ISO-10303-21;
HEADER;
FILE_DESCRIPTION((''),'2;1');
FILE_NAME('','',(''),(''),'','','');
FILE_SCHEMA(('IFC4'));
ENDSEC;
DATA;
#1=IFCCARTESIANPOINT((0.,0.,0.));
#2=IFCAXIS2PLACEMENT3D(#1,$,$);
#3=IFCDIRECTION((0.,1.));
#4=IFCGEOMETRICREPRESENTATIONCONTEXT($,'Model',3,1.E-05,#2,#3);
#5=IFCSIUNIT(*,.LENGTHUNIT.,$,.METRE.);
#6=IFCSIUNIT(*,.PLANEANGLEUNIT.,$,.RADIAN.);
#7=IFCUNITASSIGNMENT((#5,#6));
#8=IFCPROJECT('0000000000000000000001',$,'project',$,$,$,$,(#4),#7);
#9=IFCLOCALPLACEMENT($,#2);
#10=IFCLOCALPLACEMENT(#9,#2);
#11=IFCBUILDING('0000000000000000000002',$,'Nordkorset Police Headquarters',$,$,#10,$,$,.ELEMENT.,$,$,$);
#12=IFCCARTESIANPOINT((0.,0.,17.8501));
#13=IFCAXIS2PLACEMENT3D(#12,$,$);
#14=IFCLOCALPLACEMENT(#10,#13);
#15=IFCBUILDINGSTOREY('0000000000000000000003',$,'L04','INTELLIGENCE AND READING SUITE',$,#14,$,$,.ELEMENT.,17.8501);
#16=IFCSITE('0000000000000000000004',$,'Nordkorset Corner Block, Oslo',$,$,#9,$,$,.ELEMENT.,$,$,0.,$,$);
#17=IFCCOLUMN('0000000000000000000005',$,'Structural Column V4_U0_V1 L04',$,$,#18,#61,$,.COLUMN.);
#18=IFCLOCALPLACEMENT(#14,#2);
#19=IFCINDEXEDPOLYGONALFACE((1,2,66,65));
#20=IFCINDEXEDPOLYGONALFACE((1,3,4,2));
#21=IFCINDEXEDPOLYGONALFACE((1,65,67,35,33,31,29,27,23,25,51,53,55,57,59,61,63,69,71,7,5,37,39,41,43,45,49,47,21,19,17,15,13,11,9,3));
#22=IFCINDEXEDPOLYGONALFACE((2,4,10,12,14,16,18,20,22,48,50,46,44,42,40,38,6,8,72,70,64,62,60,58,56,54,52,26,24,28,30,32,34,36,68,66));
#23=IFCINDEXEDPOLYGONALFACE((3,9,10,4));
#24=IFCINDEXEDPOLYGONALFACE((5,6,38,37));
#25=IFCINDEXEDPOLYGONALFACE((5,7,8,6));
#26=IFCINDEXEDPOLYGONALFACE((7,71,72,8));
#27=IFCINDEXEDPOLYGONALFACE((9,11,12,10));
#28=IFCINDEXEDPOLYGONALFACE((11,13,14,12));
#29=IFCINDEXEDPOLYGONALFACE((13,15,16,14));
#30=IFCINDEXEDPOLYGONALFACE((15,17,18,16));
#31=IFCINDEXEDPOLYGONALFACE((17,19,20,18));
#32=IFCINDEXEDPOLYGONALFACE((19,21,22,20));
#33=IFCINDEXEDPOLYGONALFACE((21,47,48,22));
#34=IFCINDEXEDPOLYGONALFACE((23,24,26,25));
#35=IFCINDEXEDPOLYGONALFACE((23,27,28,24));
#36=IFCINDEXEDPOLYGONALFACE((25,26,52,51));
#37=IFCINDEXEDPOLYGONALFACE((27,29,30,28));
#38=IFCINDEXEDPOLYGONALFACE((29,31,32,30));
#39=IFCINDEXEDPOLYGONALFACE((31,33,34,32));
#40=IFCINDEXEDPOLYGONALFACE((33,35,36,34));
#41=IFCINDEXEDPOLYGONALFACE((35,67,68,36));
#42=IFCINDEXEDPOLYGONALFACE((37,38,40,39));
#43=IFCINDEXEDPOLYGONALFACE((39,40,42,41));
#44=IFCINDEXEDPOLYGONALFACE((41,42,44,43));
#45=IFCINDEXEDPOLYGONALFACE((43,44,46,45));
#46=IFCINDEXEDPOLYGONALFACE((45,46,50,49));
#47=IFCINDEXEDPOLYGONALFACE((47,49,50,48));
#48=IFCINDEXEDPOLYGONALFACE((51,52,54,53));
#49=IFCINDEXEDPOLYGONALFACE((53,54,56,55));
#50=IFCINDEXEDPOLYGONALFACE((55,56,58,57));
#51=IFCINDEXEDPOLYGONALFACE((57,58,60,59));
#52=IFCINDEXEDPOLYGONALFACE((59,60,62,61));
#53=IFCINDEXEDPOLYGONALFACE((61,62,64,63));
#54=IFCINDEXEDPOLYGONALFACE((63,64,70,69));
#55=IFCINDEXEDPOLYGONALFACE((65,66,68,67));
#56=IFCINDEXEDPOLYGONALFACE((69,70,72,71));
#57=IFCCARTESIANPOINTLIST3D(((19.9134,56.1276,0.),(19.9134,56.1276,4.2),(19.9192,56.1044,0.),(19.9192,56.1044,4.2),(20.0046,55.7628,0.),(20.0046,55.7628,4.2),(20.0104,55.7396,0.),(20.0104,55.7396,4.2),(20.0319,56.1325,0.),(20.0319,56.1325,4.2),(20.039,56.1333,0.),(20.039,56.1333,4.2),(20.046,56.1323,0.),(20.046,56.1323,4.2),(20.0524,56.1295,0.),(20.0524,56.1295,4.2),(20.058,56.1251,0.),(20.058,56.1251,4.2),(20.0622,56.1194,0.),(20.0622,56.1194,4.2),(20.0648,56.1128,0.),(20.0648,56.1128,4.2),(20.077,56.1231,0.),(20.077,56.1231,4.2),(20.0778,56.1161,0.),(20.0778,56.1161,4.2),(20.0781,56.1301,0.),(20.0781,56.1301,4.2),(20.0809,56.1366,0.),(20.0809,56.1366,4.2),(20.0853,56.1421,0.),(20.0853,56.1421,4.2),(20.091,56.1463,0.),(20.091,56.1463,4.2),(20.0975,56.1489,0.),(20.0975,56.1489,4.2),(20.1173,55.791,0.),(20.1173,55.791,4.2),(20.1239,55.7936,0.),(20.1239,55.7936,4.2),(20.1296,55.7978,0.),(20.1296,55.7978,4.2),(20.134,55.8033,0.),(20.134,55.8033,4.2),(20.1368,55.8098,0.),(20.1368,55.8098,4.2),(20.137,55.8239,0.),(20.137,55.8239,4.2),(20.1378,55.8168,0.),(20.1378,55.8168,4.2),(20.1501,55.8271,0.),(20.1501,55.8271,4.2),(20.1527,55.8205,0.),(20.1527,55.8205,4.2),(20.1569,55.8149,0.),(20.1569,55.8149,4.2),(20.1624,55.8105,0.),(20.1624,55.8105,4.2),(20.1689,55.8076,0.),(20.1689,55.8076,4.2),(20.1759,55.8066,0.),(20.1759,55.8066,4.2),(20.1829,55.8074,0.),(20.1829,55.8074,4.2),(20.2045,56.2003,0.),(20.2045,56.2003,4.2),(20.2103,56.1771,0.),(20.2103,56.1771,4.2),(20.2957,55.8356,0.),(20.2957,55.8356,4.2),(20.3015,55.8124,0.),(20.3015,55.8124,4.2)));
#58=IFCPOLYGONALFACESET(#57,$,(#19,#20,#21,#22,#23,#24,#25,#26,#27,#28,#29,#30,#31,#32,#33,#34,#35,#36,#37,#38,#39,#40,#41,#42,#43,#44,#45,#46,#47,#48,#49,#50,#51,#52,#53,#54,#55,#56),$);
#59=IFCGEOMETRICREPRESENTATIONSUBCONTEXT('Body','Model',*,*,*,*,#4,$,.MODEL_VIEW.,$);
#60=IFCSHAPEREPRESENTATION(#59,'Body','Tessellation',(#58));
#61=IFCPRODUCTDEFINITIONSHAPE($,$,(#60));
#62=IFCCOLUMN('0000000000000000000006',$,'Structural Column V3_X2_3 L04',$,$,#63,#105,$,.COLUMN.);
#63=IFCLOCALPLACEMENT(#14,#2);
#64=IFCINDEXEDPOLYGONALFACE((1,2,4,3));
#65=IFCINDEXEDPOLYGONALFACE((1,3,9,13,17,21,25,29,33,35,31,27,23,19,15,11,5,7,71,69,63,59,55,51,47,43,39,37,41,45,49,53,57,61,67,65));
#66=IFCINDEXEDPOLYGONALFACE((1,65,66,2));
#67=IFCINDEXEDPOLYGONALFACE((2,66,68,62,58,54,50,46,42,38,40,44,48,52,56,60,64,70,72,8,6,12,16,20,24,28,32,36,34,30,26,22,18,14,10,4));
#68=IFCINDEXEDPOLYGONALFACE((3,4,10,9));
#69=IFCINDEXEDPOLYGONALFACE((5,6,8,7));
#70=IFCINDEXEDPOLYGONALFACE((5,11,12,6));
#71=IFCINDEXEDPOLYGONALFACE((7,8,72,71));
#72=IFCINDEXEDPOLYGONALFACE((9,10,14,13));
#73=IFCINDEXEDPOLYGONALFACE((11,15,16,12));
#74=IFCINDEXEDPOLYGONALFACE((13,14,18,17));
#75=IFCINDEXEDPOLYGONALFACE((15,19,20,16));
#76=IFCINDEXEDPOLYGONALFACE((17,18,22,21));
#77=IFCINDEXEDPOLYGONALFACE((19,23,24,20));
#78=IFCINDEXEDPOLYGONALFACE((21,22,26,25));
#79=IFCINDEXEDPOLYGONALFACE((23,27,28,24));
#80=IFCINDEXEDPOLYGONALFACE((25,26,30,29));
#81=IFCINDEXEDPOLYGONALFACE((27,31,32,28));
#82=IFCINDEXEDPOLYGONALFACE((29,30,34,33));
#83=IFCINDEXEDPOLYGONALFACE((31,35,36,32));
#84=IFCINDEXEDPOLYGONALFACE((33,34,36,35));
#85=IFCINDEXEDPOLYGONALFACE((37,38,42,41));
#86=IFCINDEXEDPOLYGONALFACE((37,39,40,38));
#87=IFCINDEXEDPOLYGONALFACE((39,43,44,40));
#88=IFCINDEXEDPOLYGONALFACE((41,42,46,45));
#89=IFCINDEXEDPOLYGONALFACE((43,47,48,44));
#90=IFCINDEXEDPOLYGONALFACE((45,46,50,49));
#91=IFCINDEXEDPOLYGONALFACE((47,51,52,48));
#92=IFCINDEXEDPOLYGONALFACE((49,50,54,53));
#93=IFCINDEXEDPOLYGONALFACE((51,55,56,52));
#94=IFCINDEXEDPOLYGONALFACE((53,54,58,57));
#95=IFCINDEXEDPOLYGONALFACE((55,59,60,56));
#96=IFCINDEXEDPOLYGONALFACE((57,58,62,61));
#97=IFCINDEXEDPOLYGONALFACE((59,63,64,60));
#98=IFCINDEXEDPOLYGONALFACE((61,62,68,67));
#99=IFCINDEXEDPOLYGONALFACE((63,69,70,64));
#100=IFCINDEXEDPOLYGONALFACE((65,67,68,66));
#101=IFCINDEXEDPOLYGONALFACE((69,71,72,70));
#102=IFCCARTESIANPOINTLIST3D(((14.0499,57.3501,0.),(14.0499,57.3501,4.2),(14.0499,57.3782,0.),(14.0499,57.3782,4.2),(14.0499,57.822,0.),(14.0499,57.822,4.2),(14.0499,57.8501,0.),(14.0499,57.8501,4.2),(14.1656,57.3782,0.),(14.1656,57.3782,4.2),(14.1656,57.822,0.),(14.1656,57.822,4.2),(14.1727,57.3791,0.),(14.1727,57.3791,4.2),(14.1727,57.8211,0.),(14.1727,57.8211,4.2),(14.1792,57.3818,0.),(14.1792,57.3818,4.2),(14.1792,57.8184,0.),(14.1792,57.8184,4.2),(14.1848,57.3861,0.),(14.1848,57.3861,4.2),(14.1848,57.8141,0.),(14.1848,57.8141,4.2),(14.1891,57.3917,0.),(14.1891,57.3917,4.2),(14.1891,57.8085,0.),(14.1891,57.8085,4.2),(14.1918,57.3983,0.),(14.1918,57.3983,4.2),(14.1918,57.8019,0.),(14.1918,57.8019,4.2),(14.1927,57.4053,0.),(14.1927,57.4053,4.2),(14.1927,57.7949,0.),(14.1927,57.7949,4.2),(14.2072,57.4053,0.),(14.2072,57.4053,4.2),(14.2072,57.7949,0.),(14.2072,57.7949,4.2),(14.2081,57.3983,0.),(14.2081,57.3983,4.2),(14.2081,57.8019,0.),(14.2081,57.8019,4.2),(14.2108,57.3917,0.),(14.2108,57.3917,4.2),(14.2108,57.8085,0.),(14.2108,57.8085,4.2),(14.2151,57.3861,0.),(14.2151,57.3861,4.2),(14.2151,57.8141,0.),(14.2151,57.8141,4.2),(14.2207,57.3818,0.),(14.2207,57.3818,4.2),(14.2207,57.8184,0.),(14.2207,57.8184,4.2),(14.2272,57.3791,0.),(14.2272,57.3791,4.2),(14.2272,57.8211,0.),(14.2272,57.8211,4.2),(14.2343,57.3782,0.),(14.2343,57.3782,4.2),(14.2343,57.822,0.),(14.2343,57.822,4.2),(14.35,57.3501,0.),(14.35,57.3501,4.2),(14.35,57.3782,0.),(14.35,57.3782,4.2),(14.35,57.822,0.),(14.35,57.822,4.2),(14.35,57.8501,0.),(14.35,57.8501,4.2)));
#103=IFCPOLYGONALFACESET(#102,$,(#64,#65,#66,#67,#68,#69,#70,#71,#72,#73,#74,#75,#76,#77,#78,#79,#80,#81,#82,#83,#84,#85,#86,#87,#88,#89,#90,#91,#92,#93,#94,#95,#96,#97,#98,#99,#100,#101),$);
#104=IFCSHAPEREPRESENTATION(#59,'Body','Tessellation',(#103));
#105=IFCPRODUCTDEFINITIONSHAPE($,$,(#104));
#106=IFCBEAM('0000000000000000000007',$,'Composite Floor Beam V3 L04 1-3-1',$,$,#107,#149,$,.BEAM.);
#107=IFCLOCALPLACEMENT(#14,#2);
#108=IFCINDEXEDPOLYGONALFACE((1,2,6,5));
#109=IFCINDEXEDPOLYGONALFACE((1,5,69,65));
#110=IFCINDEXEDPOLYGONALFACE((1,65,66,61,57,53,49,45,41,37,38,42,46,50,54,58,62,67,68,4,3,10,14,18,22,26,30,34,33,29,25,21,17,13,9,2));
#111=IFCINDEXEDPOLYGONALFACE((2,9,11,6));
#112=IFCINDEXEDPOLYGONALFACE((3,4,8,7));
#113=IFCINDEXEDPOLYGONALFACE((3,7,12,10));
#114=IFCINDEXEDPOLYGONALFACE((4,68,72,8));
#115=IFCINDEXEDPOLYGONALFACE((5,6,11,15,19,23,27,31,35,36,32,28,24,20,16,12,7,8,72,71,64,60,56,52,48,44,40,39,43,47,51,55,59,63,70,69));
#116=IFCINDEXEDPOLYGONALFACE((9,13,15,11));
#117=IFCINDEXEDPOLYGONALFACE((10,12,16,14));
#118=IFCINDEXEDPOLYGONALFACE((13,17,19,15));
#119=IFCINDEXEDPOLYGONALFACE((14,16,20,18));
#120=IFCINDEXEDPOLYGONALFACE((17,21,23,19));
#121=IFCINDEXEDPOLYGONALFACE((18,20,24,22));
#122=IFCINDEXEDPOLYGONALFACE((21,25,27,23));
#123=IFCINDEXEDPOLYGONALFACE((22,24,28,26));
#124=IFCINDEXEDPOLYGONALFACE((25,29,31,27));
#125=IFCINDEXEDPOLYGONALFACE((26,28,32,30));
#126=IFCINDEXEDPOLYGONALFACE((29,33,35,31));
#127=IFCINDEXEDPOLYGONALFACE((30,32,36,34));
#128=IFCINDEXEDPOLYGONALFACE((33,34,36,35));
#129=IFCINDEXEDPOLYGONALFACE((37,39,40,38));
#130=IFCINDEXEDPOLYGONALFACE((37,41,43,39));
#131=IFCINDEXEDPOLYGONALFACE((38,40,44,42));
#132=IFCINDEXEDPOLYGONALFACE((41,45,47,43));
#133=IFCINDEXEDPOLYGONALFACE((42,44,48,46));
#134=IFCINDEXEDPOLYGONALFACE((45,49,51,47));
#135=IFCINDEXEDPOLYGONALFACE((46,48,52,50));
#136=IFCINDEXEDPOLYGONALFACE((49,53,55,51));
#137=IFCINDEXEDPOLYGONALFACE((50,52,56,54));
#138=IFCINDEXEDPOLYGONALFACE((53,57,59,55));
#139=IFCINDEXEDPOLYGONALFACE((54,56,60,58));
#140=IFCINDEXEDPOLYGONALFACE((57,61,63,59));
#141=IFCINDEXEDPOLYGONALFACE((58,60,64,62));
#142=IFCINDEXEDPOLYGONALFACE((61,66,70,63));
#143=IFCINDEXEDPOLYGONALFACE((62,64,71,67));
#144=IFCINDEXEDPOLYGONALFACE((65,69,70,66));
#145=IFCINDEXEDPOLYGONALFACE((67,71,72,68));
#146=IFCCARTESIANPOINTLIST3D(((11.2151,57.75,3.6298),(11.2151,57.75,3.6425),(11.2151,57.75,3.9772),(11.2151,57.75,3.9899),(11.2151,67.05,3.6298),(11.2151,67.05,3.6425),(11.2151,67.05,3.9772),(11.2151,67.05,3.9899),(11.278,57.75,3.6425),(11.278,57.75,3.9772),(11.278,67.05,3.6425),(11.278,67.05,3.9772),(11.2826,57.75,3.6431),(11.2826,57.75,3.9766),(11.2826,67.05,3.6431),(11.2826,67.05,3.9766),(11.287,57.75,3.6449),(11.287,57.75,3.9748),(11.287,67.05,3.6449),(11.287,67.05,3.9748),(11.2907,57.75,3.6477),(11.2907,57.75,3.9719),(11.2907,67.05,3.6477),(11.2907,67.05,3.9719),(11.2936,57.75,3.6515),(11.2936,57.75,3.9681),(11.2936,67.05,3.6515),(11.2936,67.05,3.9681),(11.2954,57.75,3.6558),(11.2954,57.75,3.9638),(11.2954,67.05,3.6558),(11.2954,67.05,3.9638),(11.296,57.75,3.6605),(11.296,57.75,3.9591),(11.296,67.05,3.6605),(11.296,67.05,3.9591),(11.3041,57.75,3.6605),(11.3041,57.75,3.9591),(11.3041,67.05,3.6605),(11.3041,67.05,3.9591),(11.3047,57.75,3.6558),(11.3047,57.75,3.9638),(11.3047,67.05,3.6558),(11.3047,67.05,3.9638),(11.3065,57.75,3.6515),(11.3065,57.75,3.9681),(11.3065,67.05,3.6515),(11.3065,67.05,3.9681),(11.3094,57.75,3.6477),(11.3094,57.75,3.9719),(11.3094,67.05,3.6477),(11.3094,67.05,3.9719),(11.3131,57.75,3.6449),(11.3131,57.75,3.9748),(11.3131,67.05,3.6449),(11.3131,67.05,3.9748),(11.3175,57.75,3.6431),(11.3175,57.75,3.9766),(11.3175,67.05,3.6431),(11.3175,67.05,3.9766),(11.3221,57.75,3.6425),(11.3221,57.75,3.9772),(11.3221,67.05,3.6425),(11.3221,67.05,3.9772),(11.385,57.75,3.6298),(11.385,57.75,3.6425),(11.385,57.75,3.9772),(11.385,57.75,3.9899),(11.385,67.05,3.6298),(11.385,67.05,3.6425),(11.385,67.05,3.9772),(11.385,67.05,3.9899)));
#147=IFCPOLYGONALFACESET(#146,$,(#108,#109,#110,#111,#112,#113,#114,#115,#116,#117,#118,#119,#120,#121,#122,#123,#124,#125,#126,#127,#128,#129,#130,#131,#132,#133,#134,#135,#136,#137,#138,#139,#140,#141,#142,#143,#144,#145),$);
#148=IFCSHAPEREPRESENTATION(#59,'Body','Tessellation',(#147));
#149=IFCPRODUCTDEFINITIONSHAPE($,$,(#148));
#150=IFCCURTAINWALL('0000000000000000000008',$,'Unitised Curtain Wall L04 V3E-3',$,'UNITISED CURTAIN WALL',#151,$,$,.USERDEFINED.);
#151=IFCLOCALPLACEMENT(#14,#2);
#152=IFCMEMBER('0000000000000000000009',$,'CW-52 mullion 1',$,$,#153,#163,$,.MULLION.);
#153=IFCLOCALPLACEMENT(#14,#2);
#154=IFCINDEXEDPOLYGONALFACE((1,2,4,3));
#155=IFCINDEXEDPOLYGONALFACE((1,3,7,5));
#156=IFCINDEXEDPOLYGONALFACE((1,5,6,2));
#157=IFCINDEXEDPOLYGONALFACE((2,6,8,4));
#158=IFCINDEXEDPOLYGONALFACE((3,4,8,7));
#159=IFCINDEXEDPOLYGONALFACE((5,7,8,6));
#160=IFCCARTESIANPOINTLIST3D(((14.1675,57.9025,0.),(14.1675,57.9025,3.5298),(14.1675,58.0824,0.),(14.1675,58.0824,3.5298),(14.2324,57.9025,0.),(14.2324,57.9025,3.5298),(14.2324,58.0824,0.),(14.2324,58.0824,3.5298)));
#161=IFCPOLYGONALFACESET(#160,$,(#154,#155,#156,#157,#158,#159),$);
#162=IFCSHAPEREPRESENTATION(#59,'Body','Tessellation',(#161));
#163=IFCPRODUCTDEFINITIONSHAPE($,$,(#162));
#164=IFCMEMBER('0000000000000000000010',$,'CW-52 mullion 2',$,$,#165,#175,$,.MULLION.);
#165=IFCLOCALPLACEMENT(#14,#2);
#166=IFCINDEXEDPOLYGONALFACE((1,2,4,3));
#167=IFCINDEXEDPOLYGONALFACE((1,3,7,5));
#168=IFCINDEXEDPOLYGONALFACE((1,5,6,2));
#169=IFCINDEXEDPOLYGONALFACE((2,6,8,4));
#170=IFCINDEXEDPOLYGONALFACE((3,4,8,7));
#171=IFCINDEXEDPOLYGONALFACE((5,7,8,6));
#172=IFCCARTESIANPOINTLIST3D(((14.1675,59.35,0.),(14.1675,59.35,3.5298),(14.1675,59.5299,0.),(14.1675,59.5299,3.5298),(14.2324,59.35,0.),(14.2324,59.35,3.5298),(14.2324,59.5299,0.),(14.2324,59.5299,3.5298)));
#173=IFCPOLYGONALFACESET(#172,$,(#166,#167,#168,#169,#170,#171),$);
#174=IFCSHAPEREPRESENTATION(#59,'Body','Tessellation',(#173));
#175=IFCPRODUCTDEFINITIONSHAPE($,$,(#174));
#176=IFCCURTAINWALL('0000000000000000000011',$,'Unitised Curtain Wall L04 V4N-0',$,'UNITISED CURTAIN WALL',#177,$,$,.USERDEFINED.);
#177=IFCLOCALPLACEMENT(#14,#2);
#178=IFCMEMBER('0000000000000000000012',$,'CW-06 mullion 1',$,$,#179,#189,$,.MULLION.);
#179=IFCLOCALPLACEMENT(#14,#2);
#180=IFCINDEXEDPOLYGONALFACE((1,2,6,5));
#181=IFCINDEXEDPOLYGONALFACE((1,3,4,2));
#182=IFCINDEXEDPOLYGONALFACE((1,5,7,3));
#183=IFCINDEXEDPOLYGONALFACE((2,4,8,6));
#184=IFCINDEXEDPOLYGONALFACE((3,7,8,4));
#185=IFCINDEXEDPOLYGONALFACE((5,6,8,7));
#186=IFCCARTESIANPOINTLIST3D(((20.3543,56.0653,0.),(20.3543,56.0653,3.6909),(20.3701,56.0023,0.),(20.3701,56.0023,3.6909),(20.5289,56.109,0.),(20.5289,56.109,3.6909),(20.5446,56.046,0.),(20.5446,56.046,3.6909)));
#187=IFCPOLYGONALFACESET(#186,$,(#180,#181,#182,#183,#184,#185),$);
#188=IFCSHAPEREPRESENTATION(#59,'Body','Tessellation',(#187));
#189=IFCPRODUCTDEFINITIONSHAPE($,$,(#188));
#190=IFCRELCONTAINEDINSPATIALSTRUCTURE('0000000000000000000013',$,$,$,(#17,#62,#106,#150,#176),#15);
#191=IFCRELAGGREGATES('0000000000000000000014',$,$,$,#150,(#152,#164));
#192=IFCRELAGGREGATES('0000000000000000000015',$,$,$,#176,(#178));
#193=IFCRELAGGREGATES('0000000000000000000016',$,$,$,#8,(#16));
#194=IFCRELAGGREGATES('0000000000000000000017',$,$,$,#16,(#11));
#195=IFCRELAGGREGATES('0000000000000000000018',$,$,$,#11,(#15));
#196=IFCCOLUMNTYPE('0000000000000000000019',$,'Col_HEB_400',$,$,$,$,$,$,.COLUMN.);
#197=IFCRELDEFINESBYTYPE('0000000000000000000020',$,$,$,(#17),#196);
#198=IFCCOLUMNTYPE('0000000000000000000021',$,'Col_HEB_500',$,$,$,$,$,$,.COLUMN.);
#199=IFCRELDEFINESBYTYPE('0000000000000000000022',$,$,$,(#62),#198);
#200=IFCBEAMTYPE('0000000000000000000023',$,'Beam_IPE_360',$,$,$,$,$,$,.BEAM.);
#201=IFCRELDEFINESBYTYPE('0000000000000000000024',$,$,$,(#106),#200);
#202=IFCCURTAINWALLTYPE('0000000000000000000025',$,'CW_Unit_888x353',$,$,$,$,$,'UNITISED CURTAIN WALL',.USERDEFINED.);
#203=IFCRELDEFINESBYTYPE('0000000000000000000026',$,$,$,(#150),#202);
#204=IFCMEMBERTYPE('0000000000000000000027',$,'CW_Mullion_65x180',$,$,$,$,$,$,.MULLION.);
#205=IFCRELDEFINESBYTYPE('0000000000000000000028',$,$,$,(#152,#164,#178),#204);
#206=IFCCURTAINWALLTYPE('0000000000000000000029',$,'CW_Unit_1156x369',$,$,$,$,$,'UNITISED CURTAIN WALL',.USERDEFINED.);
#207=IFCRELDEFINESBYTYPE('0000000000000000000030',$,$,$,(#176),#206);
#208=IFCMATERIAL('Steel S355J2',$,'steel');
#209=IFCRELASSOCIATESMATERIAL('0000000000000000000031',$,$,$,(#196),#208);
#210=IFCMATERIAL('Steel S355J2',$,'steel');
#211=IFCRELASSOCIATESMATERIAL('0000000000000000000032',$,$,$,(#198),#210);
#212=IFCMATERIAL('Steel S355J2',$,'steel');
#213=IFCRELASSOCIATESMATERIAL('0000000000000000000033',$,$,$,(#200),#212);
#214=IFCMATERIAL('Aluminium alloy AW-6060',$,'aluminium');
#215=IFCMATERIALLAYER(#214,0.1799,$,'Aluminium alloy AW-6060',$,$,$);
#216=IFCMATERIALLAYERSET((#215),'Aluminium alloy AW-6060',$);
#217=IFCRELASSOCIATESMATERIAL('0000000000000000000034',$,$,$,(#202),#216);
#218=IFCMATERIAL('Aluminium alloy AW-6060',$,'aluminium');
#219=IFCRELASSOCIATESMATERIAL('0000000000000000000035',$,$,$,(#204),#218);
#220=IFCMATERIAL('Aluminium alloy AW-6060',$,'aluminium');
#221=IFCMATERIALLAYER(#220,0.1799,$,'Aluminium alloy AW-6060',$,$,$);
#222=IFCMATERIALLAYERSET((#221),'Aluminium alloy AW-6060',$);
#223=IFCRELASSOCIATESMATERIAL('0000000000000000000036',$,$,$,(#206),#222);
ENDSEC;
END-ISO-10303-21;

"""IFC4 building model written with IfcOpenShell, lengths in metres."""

from ifc_helpers import new_model, si_unit, direction, frame, origin, origin_2d, place, context, subcontext, project, spatial, rectangle, i_section, extrude, material, layer, layer_set, material_profile, profile_set, type_object, element, aggregate, save


model = new_model("IFC4")

# Units and contexts
model_context = context("Model", 3, precision=1e-05, world=origin(), true_north=direction((0.0, 1.0)))
body_context = subcontext(model_context, "Body", "Model", "MODEL_VIEW")
ifc_project = project(units=[si_unit("LENGTHUNIT", "METRE"), si_unit("PLANEANGLEUNIT", "RADIAN")], contexts=[model_context])

# Site, building, storey
site_placement = place(None, origin())
site = spatial("IfcSite", under=ifc_project, at=site_placement, Name="Nordkorset Corner Block, Oslo", CompositionType="ELEMENT", RefElevation=0.0)
building_placement = place(site_placement, origin())
building = spatial("IfcBuilding", under=site, at=building_placement, Name="Nordkorset Police Headquarters", CompositionType="ELEMENT")
storey_placement = place(building_placement, frame((0.0, 0.0, 17.8501)))
storey = spatial("IfcBuildingStorey", under=building, at=storey_placement, Name="L04", Description="INTELLIGENCE AND READING SUITE", CompositionType="ELEMENT", Elevation=17.8501)

# Columns
ifc_material_1 = material(Name="Steel S355J2", Category="steel")
ifc_material_profile_1 = material_profile(ifc_material_1, i_section(OverallWidth=0.3, OverallDepth=0.3999, WebThickness=0.0134, FlangeThickness=0.0239, FilletRadius=0.0271, at=origin_2d()), Name="HEB 400")
ifc_profile_set_1 = profile_set([ifc_material_profile_1], Name="Steel S355J2")
column_type_1 = type_object("IfcColumnType", Name="Col_HEB_400", PredefinedType="COLUMN", material=ifc_profile_set_1)
column_1_placement = place(storey_placement, frame((20.1074, 55.97, 0.0), z_axis=(0.0, 0.0, 1.0), x_axis=(0.970143, 0.242536, 0.0)))
element("IfcColumn", 1, at=column_1_placement, inside=storey, type_object=column_type_1, Name="Structural Column V4_U0_V1 L04", PredefinedType="COLUMN", context=body_context, shape_type="SweptSolid", body=[
    extrude(i_section(OverallWidth=0.3, OverallDepth=0.3999, WebThickness=0.0134, FlangeThickness=0.0239, FilletRadius=0.0271, at=origin_2d()), origin(), (0.0, 0.0, 1.0), 4.2),
])
ifc_material_2 = material(Name="Steel S355J2", Category="steel")
ifc_material_profile_2 = material_profile(ifc_material_2, i_section(OverallWidth=0.3, OverallDepth=0.5, WebThickness=0.0144, FlangeThickness=0.0281, FilletRadius=0.0271, at=origin_2d()), Name="HEB 500")
ifc_profile_set_2 = profile_set([ifc_material_profile_2], Name="Steel S355J2")
column_type_2 = type_object("IfcColumnType", Name="Col_HEB_500", PredefinedType="COLUMN", material=ifc_profile_set_2)
column_2_placement = place(storey_placement, frame((14.2, 57.6001, 0.0), z_axis=(0.0, 0.0, 1.0), x_axis=(1.0, 0.0, 0.0)))
element("IfcColumn", 2, at=column_2_placement, inside=storey, type_object=column_type_2, Name="Structural Column V3_X2_3 L04", PredefinedType="COLUMN", context=body_context, shape_type="SweptSolid", body=[
    extrude(i_section(OverallWidth=0.3, OverallDepth=0.5, WebThickness=0.0144, FlangeThickness=0.0281, FilletRadius=0.0271, at=origin_2d()), origin(), (0.0, 0.0, 1.0), 4.2),
])

# Beam
ifc_material_3 = material(Name="Steel S355J2", Category="steel")
ifc_material_profile_3 = material_profile(ifc_material_3, i_section(OverallWidth=0.1699, OverallDepth=0.3601, WebThickness=0.0081, FlangeThickness=0.0127, FilletRadius=0.0181, at=origin_2d()), Name="IPE 360")
ifc_profile_set_3 = profile_set([ifc_material_profile_3], Name="Steel S355J2")
beam_type_1 = type_object("IfcBeamType", Name="Beam_IPE_360", PredefinedType="BEAM", material=ifc_profile_set_3)
beam_1_placement = place(storey_placement, frame((11.3, 57.75, 3.8098), z_axis=(0.0, 1.0, 0.0), x_axis=(-1.0, 0.0, 0.0)))
element("IfcBeam", 3, at=beam_1_placement, inside=storey, type_object=beam_type_1, Name="Composite Floor Beam V3 L04 1-3-1", PredefinedType="BEAM", context=body_context, shape_type="SweptSolid", body=[
    extrude(i_section(OverallWidth=0.1699, OverallDepth=0.3601, WebThickness=0.0081, FlangeThickness=0.0127, FilletRadius=0.0181, at=origin_2d()), origin(), (0.0, 0.0, 1.0), 9.3),
])

# Curtain walls, members
ifc_material_4 = material(Name="Aluminium alloy AW-6060", Category="aluminium")
ifc_layer_1 = layer(ifc_material_4, 0.1799, Name="Aluminium alloy AW-6060")
ifc_layer_set_1 = layer_set([ifc_layer_1], Name="Aluminium alloy AW-6060")
curtain_wall_type_1 = type_object("IfcCurtainWallType", Name="CW_Unit_888x353", ElementType="UNITISED CURTAIN WALL", PredefinedType="USERDEFINED", material=ifc_layer_set_1)
curtain_wall_1_placement = place(storey_placement, origin())
curtain_wall_1 = element("IfcCurtainWall", 4, at=curtain_wall_1_placement, inside=storey, type_object=curtain_wall_type_1, Name="Unitised Curtain Wall L04 V3E-3", ObjectType="UNITISED CURTAIN WALL", PredefinedType="USERDEFINED")
ifc_material_5 = material(Name="Aluminium alloy AW-6060", Category="aluminium")
ifc_material_profile_4 = material_profile(ifc_material_5, rectangle(XDim=0.0649, YDim=0.1799, at=origin_2d()), Name="ALU MULL 65x180")
ifc_profile_set_4 = profile_set([ifc_material_profile_4], Name="Aluminium alloy AW-6060")
member_type_1 = type_object("IfcMemberType", Name="CW_Mullion_65x180", PredefinedType="MULLION", material=ifc_profile_set_4)
member_1_placement = place(storey_placement, frame((14.2, 57.9924, 0.0), z_axis=(0.0, 0.0, 1.0), x_axis=(-1.0, 0.0, 0.0)))
member_1 = element("IfcMember", 5, at=member_1_placement, type_object=member_type_1, Name="CW-52 mullion 1", PredefinedType="MULLION", context=body_context, shape_type="SweptSolid", body=[
    extrude(rectangle(XDim=0.0649, YDim=0.1799, at=origin_2d()), origin(), (0.0, 0.0, 1.0), 3.5298),
])
member_2_placement = place(storey_placement, frame((14.2, 59.4399, 0.0), z_axis=(0.0, 0.0, 1.0), x_axis=(-1.0, 0.0, 0.0)))
member_2 = element("IfcMember", 6, at=member_2_placement, type_object=member_type_1, Name="CW-52 mullion 2", PredefinedType="MULLION", context=body_context, shape_type="SweptSolid", body=[
    extrude(rectangle(XDim=0.0649, YDim=0.1799, at=origin_2d()), origin(), (0.0, 0.0, 1.0), 3.5298),
])
ifc_material_6 = material(Name="Aluminium alloy AW-6060", Category="aluminium")
ifc_layer_2 = layer(ifc_material_6, 0.1799, Name="Aluminium alloy AW-6060")
ifc_layer_set_2 = layer_set([ifc_layer_2], Name="Aluminium alloy AW-6060")
curtain_wall_type_2 = type_object("IfcCurtainWallType", Name="CW_Unit_1156x369", ElementType="UNITISED CURTAIN WALL", PredefinedType="USERDEFINED", material=ifc_layer_set_2)
curtain_wall_2_placement = place(storey_placement, origin())
curtain_wall_2 = element("IfcCurtainWall", 7, at=curtain_wall_2_placement, inside=storey, type_object=curtain_wall_type_2, Name="Unitised Curtain Wall L04 V4N-0", ObjectType="UNITISED CURTAIN WALL", PredefinedType="USERDEFINED")
member_3_placement = place(storey_placement, frame((20.4495, 56.0557, 0.0), z_axis=(0.0, 0.0, 1.0), x_axis=(-0.242536, 0.970142, 0.0)))
member_3 = element("IfcMember", 8, at=member_3_placement, type_object=member_type_1, Name="CW-06 mullion 1", PredefinedType="MULLION", context=body_context, shape_type="SweptSolid", body=[
    extrude(rectangle(XDim=0.0649, YDim=0.1799, at=origin_2d()), origin(), (0.0, 0.0, 1.0), 3.6909),
])

aggregate(curtain_wall_1, [member_1, member_2])
aggregate(curtain_wall_2, [member_3])

save(model, "model.ifc")
